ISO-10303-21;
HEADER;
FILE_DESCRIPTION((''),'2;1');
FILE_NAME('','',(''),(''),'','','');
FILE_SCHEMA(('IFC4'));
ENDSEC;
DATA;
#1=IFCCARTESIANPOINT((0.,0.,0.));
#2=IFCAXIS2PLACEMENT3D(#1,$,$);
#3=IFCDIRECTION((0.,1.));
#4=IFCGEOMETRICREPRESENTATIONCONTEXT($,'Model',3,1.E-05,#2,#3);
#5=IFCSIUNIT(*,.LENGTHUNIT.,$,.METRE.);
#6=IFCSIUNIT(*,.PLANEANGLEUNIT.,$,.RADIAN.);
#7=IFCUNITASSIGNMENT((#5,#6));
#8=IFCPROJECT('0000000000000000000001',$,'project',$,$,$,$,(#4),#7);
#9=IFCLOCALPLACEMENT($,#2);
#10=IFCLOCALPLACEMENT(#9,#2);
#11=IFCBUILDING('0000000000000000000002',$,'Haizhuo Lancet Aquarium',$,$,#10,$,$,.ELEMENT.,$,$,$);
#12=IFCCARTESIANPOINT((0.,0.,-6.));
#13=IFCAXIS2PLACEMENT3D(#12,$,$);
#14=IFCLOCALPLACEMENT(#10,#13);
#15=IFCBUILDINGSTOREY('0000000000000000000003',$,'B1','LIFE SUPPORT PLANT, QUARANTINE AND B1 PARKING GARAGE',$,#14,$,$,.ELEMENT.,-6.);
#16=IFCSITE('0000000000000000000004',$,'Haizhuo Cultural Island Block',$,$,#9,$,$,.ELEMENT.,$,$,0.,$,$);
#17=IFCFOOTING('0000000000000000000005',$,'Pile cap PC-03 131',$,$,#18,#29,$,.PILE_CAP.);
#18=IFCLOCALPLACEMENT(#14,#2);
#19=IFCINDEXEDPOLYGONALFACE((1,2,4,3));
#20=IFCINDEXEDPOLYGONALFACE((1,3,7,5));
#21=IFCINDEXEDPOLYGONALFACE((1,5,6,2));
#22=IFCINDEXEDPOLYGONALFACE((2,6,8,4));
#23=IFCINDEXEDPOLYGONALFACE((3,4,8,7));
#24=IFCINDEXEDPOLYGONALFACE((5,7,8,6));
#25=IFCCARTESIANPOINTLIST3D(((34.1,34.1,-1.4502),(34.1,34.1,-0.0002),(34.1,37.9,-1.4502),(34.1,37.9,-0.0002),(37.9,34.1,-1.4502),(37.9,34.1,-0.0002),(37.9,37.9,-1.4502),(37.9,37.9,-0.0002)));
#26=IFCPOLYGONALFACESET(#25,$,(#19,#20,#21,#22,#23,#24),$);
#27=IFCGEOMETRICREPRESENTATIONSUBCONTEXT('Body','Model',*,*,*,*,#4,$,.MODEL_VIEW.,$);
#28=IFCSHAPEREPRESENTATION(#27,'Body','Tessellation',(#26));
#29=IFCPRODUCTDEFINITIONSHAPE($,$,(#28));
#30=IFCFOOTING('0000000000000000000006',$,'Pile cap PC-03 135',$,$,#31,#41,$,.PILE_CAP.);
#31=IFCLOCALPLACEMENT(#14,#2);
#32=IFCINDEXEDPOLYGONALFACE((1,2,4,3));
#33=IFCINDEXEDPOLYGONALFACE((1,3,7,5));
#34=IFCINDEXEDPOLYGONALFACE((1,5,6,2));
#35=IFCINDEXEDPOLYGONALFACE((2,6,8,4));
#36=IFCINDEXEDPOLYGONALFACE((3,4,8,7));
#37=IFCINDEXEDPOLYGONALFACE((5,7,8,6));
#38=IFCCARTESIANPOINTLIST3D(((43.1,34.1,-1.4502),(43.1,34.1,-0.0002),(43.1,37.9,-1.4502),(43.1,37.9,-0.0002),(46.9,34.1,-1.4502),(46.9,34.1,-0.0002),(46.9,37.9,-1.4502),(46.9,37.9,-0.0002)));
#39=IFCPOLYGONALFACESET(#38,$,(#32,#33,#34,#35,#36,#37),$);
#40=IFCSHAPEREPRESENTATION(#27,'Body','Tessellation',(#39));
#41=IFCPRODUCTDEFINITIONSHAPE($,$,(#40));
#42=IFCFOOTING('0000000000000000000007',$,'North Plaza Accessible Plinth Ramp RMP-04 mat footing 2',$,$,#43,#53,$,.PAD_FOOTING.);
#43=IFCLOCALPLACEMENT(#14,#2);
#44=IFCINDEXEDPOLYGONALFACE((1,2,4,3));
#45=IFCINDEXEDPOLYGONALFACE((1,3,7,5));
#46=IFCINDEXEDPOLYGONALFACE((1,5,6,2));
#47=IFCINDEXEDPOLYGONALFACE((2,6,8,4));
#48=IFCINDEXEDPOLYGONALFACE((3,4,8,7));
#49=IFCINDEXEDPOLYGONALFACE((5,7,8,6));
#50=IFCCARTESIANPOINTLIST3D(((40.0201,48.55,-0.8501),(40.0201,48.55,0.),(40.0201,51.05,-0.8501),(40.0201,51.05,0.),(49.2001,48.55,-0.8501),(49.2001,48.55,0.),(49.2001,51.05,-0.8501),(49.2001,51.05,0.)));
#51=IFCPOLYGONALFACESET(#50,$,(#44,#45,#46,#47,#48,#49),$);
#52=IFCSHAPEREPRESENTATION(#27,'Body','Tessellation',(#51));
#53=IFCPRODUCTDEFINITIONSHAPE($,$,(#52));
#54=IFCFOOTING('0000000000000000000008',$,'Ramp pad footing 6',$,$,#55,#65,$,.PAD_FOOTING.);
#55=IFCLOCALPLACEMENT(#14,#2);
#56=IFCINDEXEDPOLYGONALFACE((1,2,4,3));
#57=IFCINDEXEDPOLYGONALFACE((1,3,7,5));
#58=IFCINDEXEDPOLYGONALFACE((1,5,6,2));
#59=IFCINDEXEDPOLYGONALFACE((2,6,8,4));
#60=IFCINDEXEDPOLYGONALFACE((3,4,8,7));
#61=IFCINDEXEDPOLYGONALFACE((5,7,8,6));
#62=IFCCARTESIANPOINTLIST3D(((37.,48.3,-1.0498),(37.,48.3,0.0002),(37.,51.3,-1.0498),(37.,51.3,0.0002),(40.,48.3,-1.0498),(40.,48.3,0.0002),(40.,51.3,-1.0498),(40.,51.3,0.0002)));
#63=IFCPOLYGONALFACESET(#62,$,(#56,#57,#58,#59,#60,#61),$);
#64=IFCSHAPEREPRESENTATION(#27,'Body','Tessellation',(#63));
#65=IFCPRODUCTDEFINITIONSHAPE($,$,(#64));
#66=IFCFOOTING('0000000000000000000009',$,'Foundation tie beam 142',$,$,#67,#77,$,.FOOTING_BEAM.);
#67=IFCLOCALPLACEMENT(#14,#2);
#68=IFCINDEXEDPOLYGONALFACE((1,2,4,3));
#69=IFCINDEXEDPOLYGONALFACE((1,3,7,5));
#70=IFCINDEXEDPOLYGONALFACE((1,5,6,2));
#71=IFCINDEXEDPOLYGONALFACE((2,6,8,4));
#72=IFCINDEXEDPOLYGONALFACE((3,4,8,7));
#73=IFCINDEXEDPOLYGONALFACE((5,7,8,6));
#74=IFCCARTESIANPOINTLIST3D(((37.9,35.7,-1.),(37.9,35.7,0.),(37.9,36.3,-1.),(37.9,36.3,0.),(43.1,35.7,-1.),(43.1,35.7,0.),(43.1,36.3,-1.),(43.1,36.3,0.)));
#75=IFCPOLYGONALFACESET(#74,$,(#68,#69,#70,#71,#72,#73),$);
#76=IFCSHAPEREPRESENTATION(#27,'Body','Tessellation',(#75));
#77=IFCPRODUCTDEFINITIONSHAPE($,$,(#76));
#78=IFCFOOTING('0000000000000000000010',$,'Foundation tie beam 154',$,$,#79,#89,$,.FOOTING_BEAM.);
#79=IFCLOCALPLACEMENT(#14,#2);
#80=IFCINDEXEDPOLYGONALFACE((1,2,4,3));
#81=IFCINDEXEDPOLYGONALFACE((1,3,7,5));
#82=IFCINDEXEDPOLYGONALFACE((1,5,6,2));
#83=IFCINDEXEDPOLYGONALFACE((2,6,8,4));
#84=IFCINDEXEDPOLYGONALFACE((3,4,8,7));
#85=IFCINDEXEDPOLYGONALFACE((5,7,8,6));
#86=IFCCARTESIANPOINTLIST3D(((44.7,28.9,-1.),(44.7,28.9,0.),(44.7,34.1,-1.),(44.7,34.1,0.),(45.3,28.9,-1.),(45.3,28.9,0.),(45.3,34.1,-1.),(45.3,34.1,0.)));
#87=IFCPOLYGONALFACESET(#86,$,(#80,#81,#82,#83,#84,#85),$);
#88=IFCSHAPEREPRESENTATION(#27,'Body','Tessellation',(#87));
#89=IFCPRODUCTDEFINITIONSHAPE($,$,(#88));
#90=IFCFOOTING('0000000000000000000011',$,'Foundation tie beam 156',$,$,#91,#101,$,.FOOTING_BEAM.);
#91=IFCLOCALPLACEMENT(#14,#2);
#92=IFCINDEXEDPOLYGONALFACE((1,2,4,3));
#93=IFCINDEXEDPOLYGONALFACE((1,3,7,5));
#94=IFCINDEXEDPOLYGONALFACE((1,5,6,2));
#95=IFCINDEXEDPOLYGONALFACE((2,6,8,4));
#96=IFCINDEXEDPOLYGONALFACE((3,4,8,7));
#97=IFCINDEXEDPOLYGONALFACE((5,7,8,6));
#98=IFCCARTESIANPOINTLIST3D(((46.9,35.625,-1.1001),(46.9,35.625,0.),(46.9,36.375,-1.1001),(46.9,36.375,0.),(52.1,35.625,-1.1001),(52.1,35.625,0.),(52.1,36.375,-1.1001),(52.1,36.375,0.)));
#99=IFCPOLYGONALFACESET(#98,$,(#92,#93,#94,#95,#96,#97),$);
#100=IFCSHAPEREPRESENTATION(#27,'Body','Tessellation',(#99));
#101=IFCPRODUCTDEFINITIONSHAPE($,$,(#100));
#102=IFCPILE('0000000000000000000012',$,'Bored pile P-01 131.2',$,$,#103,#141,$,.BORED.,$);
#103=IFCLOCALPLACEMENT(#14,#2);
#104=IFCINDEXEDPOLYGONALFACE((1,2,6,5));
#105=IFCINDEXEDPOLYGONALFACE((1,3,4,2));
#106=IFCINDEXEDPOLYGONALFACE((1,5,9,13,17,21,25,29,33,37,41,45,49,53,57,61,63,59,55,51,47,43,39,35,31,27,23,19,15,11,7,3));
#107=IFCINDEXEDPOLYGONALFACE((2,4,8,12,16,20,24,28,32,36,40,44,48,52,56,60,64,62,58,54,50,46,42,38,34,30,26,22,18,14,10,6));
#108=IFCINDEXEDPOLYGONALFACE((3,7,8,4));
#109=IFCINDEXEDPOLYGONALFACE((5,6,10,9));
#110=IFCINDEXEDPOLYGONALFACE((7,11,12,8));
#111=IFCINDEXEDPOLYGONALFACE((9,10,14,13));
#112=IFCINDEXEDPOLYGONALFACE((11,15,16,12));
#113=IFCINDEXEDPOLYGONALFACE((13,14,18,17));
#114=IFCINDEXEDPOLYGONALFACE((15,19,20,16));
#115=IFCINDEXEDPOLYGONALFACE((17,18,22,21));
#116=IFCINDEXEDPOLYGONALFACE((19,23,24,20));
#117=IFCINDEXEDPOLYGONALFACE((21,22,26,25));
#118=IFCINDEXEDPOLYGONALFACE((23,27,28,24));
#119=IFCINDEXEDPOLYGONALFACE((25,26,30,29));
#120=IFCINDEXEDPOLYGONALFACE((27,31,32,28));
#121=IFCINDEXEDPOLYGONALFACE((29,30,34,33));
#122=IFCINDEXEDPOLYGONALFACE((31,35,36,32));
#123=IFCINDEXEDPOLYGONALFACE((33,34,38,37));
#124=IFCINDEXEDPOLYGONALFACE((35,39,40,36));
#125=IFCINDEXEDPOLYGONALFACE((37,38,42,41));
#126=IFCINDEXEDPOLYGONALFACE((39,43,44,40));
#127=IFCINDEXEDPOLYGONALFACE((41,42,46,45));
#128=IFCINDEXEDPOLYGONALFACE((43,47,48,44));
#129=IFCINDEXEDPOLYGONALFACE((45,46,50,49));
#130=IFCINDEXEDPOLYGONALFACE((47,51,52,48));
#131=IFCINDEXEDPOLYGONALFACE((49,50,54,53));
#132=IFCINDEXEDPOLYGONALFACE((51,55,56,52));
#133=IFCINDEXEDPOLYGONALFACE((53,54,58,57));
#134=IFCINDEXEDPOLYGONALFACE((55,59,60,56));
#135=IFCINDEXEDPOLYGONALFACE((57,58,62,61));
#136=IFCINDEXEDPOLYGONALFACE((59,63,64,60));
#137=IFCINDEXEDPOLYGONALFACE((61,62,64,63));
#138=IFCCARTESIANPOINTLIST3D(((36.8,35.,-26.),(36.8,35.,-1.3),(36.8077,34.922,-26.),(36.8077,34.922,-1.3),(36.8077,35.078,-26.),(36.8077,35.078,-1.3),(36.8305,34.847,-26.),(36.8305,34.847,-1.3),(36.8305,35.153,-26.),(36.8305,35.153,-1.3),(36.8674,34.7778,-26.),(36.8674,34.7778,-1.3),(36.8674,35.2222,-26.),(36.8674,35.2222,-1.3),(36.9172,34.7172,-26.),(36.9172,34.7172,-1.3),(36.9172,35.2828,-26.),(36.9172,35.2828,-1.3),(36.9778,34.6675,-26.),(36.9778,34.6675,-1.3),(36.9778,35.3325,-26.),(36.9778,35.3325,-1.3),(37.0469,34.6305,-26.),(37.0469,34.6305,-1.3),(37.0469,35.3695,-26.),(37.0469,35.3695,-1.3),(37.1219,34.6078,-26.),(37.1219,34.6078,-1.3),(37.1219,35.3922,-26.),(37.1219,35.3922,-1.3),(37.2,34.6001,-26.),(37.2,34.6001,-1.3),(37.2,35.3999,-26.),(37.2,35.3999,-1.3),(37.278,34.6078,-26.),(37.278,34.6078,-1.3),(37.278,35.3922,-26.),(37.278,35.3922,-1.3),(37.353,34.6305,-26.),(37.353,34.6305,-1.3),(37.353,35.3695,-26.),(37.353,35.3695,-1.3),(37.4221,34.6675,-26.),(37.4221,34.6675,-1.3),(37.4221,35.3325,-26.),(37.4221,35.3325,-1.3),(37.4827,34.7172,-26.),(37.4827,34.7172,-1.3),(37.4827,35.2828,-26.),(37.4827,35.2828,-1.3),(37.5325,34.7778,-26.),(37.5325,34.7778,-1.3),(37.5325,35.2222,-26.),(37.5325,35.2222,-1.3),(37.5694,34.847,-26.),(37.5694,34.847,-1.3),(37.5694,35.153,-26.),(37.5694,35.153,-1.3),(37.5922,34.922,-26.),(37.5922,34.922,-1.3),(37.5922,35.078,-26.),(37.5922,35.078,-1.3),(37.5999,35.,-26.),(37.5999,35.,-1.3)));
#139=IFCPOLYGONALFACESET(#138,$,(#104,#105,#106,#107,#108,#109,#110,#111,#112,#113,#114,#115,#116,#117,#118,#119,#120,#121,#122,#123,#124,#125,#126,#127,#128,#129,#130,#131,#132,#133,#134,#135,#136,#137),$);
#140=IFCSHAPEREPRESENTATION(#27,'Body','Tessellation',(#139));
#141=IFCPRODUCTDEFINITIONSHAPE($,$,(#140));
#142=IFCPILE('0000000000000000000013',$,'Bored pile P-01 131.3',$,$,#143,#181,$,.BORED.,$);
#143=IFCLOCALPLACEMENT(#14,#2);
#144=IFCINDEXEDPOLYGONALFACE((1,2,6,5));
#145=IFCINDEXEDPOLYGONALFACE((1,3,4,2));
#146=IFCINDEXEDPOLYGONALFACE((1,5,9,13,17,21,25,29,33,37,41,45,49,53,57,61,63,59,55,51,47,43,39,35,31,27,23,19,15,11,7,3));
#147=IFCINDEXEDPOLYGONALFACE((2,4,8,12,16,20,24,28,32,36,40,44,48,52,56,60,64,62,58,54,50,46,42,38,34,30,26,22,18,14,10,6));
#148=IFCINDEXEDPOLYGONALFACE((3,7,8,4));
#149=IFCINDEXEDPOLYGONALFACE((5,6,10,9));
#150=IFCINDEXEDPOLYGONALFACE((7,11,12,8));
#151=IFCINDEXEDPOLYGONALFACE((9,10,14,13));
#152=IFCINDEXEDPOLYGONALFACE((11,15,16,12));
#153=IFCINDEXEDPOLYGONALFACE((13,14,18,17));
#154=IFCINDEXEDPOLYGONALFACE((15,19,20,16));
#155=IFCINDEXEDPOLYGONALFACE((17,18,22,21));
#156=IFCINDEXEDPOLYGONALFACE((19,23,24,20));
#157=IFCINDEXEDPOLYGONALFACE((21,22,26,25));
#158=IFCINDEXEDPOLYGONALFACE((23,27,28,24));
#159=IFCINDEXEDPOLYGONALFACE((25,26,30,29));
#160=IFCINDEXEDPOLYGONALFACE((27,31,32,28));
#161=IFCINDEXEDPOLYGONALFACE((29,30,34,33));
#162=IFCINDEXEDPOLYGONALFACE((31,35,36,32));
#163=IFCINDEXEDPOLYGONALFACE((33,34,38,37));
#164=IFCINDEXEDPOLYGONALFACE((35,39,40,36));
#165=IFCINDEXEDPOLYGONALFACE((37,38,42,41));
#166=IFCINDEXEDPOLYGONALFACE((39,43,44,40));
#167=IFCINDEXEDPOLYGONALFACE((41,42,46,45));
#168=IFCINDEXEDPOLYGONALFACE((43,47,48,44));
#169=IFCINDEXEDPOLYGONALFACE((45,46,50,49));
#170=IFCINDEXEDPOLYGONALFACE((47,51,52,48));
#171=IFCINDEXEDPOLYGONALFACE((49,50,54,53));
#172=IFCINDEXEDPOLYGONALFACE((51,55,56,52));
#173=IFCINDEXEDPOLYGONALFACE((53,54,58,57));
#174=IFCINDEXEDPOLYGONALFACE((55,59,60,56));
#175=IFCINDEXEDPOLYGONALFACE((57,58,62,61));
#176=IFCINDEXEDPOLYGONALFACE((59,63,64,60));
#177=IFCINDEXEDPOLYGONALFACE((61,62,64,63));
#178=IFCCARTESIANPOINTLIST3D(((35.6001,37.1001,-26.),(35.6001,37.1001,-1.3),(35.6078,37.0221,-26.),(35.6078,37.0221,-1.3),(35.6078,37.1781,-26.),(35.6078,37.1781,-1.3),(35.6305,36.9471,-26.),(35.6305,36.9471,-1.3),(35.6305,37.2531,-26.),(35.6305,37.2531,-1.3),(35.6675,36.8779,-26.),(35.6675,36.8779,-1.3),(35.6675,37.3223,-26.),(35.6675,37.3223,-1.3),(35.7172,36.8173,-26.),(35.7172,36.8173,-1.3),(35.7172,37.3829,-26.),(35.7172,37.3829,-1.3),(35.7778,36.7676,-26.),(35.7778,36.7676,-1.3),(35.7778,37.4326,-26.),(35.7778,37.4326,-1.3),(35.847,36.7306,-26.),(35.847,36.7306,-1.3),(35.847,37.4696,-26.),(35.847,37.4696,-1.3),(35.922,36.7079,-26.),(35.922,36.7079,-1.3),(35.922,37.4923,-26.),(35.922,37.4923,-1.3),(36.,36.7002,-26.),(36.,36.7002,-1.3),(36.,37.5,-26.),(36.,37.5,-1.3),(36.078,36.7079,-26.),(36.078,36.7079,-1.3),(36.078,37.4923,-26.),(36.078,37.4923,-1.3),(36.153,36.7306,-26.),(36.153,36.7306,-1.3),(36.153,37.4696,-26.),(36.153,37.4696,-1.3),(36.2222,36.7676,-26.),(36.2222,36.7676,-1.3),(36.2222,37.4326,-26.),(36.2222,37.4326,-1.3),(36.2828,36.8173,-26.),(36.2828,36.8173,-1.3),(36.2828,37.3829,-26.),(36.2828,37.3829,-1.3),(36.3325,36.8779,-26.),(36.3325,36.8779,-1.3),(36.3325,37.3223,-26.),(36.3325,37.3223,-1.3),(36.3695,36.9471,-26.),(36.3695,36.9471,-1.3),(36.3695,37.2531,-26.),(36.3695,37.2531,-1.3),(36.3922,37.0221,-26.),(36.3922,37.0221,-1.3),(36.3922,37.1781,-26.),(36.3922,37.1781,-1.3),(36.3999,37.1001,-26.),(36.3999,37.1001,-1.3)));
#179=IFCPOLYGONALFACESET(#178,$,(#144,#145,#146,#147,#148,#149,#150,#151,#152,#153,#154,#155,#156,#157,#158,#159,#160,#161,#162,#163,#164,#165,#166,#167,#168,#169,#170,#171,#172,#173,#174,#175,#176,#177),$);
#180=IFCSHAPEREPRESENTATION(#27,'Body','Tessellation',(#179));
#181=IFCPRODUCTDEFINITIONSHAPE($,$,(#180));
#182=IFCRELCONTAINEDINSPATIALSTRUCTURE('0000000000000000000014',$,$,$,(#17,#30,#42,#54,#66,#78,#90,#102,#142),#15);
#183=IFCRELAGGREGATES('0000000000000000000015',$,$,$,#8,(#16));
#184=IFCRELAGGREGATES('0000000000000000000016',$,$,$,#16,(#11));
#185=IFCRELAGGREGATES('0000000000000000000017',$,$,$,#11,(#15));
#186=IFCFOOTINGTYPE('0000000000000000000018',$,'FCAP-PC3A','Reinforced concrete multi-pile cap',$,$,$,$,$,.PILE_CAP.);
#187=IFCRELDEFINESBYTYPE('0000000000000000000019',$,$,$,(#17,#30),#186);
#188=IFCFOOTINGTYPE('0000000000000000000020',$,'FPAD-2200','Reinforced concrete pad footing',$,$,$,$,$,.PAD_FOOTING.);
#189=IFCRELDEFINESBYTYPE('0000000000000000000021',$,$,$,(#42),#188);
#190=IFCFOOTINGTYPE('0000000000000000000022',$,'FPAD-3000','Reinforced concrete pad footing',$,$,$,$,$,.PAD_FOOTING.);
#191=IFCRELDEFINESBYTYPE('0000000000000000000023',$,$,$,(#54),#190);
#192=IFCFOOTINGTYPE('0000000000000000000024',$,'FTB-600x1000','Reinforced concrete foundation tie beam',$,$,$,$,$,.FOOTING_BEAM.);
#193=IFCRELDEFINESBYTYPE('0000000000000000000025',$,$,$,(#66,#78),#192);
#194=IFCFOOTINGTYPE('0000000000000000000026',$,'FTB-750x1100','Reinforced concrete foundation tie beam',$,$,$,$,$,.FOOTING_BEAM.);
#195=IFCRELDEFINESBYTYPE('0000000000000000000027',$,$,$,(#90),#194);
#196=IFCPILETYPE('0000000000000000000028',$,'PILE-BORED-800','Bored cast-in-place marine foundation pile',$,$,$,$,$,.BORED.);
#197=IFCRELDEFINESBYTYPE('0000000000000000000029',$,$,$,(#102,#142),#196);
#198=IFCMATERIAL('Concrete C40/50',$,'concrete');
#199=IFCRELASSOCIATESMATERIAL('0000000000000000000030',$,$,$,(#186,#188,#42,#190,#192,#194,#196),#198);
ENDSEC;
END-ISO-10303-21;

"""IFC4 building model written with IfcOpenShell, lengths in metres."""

from ifc_helpers import new_model, si_unit, direction, frame, origin, origin_2d, place, context, subcontext, project, spatial, rectangle, circle, extrude, material, material_profile, profile_set, type_object, element, save


model = new_model("IFC4")

# Units and contexts
model_context = context("Model", 3, precision=1e-05, world=origin(), true_north=direction((0.0, 1.0)))
body_context = subcontext(model_context, "Body", "Model", "MODEL_VIEW")
ifc_project = project(units=[si_unit("LENGTHUNIT", "METRE"), si_unit("PLANEANGLEUNIT", "RADIAN")], contexts=[model_context])

# Site, building, storey
site_placement = place(None, origin())
site = spatial("IfcSite", under=ifc_project, at=site_placement, Name="Haizhuo Cultural Island Block", CompositionType="ELEMENT", RefElevation=0.0)
building_placement = place(site_placement, origin())
building = spatial("IfcBuilding", under=site, at=building_placement, Name="Haizhuo Lancet Aquarium", CompositionType="ELEMENT")
storey_placement = place(building_placement, frame((0.0, 0.0, -6.0)))
storey = spatial("IfcBuildingStorey", under=building, at=storey_placement, Name="B1", Description="LIFE SUPPORT PLANT, QUARANTINE AND B1 PARKING GARAGE", CompositionType="ELEMENT", Elevation=-6.0)

# Footings
ifc_material_1 = material(Name="Concrete C40/50", Category="concrete")
footing_type_1 = type_object("IfcFootingType", Name="FCAP-PC3A", Description="Reinforced concrete multi-pile cap", PredefinedType="PILE_CAP", material=ifc_material_1)
for number, where, z_axis, x_axis, name in (
    (1, (36.0, 36.0, -1.4502), (0.0, 0.0, 1.0), (1.0, 0.0, 0.0), "Pile cap PC-03 131"),
    (2, (45.0, 36.0, -1.4502), (0.0, 0.0, 1.0), (1.0, 0.0, 0.0), "Pile cap PC-03 135"),
):
    element("IfcFooting", number, at=place(storey_placement, frame(where, z_axis=z_axis, x_axis=x_axis)), inside=storey, type_object=footing_type_1, Name=name, PredefinedType="PILE_CAP", context=body_context, shape_type="SweptSolid", body=[
        extrude(rectangle(XDim=3.8, YDim=3.8, at=origin_2d()), origin(), (0.0, 0.0, 1.0), 1.45),
    ])
footing_type_2 = type_object("IfcFootingType", Name="FPAD-2200", Description="Reinforced concrete pad footing", PredefinedType="PAD_FOOTING", material=ifc_material_1)
footing_1_placement = place(storey_placement, frame((44.6101, 49.8, -0.8501), z_axis=(0.0, 0.0, 1.0), x_axis=(1.0, 0.0, 0.0)))
element("IfcFooting", 3, at=footing_1_placement, inside=storey, type_object=footing_type_2, material=ifc_material_1, Name="North Plaza Accessible Plinth Ramp RMP-04 mat footing 2", PredefinedType="PAD_FOOTING", context=body_context, shape_type="SweptSolid", body=[
    extrude(rectangle(XDim=9.1799, YDim=2.5, at=origin_2d()), origin(), (0.0, 0.0, 1.0), 0.8501),
])
footing_type_3 = type_object("IfcFootingType", Name="FPAD-3000", Description="Reinforced concrete pad footing", PredefinedType="PAD_FOOTING", material=ifc_material_1)
footing_2_placement = place(storey_placement, frame((38.5, 49.8, -1.0498), z_axis=(0.0, 0.0, 1.0), x_axis=(1.0, 0.0, 0.0)))
element("IfcFooting", 4, at=footing_2_placement, inside=storey, type_object=footing_type_3, Name="Ramp pad footing 6", PredefinedType="PAD_FOOTING", context=body_context, shape_type="SweptSolid", body=[
    extrude(rectangle(XDim=3.0, YDim=3.0, at=origin_2d()), origin(), (0.0, 0.0, 1.0), 1.05),
])
footing_type_4 = type_object("IfcFootingType", Name="FTB-600x1000", Description="Reinforced concrete foundation tie beam", PredefinedType="FOOTING_BEAM", material=ifc_material_1)
for number, where, z_axis, x_axis, name in (
    (5, (40.5, 36.0, -1.0), (0.0, 0.0, 1.0), (1.0, 0.0, 0.0), "Foundation tie beam 142"),
    (6, (45.0, 31.5, -1.0), (0.0, 0.0, 1.0), (0.0, 1.0, 0.0), "Foundation tie beam 154"),
):
    element("IfcFooting", number, at=place(storey_placement, frame(where, z_axis=z_axis, x_axis=x_axis)), inside=storey, type_object=footing_type_4, Name=name, PredefinedType="FOOTING_BEAM", context=body_context, shape_type="SweptSolid", body=[
        extrude(rectangle(XDim=5.2, YDim=0.6001, at=origin_2d()), origin(), (0.0, 0.0, 1.0), 1.0),
    ])
footing_type_5 = type_object("IfcFootingType", Name="FTB-750x1100", Description="Reinforced concrete foundation tie beam", PredefinedType="FOOTING_BEAM", material=ifc_material_1)
footing_3_placement = place(storey_placement, frame((49.5, 36.0, -1.1001), z_axis=(0.0, 0.0, 1.0), x_axis=(1.0, 0.0, 0.0)))
element("IfcFooting", 7, at=footing_3_placement, inside=storey, type_object=footing_type_5, Name="Foundation tie beam 156", PredefinedType="FOOTING_BEAM", context=body_context, shape_type="SweptSolid", body=[
    extrude(rectangle(XDim=5.2, YDim=0.75, at=origin_2d()), origin(), (0.0, 0.0, 1.0), 1.1001),
])

# Piles
ifc_material_profile_1 = material_profile(ifc_material_1, circle(Radius=0.3999, at=origin_2d()), Name="PILE-800")
ifc_profile_set_1 = profile_set([ifc_material_profile_1], Name="Concrete C40/50")
pile_type = type_object("IfcPileType", Name="PILE-BORED-800", Description="Bored cast-in-place marine foundation pile", PredefinedType="BORED", material=ifc_profile_set_1)
for number, where, z_axis, x_axis, name in (
    (8, (37.2, 35.0, -1.3), (0.0, 0.0, -1.0), (1.0, 0.0, 0.0), "Bored pile P-01 131.2"),
    (9, (36.0, 37.1001, -1.3), (0.0, 0.0, -1.0), (1.0, 0.0, 0.0), "Bored pile P-01 131.3"),
):
    element("IfcPile", number, at=place(storey_placement, frame(where, z_axis=z_axis, x_axis=x_axis)), inside=storey, type_object=pile_type, Name=name, PredefinedType="BORED", context=body_context, shape_type="SweptSolid", body=[
        extrude(circle(Radius=0.3999, at=origin_2d()), origin(), (0.0, 0.0, 1.0), 24.7),
    ])

save(model, "model.ifc")
